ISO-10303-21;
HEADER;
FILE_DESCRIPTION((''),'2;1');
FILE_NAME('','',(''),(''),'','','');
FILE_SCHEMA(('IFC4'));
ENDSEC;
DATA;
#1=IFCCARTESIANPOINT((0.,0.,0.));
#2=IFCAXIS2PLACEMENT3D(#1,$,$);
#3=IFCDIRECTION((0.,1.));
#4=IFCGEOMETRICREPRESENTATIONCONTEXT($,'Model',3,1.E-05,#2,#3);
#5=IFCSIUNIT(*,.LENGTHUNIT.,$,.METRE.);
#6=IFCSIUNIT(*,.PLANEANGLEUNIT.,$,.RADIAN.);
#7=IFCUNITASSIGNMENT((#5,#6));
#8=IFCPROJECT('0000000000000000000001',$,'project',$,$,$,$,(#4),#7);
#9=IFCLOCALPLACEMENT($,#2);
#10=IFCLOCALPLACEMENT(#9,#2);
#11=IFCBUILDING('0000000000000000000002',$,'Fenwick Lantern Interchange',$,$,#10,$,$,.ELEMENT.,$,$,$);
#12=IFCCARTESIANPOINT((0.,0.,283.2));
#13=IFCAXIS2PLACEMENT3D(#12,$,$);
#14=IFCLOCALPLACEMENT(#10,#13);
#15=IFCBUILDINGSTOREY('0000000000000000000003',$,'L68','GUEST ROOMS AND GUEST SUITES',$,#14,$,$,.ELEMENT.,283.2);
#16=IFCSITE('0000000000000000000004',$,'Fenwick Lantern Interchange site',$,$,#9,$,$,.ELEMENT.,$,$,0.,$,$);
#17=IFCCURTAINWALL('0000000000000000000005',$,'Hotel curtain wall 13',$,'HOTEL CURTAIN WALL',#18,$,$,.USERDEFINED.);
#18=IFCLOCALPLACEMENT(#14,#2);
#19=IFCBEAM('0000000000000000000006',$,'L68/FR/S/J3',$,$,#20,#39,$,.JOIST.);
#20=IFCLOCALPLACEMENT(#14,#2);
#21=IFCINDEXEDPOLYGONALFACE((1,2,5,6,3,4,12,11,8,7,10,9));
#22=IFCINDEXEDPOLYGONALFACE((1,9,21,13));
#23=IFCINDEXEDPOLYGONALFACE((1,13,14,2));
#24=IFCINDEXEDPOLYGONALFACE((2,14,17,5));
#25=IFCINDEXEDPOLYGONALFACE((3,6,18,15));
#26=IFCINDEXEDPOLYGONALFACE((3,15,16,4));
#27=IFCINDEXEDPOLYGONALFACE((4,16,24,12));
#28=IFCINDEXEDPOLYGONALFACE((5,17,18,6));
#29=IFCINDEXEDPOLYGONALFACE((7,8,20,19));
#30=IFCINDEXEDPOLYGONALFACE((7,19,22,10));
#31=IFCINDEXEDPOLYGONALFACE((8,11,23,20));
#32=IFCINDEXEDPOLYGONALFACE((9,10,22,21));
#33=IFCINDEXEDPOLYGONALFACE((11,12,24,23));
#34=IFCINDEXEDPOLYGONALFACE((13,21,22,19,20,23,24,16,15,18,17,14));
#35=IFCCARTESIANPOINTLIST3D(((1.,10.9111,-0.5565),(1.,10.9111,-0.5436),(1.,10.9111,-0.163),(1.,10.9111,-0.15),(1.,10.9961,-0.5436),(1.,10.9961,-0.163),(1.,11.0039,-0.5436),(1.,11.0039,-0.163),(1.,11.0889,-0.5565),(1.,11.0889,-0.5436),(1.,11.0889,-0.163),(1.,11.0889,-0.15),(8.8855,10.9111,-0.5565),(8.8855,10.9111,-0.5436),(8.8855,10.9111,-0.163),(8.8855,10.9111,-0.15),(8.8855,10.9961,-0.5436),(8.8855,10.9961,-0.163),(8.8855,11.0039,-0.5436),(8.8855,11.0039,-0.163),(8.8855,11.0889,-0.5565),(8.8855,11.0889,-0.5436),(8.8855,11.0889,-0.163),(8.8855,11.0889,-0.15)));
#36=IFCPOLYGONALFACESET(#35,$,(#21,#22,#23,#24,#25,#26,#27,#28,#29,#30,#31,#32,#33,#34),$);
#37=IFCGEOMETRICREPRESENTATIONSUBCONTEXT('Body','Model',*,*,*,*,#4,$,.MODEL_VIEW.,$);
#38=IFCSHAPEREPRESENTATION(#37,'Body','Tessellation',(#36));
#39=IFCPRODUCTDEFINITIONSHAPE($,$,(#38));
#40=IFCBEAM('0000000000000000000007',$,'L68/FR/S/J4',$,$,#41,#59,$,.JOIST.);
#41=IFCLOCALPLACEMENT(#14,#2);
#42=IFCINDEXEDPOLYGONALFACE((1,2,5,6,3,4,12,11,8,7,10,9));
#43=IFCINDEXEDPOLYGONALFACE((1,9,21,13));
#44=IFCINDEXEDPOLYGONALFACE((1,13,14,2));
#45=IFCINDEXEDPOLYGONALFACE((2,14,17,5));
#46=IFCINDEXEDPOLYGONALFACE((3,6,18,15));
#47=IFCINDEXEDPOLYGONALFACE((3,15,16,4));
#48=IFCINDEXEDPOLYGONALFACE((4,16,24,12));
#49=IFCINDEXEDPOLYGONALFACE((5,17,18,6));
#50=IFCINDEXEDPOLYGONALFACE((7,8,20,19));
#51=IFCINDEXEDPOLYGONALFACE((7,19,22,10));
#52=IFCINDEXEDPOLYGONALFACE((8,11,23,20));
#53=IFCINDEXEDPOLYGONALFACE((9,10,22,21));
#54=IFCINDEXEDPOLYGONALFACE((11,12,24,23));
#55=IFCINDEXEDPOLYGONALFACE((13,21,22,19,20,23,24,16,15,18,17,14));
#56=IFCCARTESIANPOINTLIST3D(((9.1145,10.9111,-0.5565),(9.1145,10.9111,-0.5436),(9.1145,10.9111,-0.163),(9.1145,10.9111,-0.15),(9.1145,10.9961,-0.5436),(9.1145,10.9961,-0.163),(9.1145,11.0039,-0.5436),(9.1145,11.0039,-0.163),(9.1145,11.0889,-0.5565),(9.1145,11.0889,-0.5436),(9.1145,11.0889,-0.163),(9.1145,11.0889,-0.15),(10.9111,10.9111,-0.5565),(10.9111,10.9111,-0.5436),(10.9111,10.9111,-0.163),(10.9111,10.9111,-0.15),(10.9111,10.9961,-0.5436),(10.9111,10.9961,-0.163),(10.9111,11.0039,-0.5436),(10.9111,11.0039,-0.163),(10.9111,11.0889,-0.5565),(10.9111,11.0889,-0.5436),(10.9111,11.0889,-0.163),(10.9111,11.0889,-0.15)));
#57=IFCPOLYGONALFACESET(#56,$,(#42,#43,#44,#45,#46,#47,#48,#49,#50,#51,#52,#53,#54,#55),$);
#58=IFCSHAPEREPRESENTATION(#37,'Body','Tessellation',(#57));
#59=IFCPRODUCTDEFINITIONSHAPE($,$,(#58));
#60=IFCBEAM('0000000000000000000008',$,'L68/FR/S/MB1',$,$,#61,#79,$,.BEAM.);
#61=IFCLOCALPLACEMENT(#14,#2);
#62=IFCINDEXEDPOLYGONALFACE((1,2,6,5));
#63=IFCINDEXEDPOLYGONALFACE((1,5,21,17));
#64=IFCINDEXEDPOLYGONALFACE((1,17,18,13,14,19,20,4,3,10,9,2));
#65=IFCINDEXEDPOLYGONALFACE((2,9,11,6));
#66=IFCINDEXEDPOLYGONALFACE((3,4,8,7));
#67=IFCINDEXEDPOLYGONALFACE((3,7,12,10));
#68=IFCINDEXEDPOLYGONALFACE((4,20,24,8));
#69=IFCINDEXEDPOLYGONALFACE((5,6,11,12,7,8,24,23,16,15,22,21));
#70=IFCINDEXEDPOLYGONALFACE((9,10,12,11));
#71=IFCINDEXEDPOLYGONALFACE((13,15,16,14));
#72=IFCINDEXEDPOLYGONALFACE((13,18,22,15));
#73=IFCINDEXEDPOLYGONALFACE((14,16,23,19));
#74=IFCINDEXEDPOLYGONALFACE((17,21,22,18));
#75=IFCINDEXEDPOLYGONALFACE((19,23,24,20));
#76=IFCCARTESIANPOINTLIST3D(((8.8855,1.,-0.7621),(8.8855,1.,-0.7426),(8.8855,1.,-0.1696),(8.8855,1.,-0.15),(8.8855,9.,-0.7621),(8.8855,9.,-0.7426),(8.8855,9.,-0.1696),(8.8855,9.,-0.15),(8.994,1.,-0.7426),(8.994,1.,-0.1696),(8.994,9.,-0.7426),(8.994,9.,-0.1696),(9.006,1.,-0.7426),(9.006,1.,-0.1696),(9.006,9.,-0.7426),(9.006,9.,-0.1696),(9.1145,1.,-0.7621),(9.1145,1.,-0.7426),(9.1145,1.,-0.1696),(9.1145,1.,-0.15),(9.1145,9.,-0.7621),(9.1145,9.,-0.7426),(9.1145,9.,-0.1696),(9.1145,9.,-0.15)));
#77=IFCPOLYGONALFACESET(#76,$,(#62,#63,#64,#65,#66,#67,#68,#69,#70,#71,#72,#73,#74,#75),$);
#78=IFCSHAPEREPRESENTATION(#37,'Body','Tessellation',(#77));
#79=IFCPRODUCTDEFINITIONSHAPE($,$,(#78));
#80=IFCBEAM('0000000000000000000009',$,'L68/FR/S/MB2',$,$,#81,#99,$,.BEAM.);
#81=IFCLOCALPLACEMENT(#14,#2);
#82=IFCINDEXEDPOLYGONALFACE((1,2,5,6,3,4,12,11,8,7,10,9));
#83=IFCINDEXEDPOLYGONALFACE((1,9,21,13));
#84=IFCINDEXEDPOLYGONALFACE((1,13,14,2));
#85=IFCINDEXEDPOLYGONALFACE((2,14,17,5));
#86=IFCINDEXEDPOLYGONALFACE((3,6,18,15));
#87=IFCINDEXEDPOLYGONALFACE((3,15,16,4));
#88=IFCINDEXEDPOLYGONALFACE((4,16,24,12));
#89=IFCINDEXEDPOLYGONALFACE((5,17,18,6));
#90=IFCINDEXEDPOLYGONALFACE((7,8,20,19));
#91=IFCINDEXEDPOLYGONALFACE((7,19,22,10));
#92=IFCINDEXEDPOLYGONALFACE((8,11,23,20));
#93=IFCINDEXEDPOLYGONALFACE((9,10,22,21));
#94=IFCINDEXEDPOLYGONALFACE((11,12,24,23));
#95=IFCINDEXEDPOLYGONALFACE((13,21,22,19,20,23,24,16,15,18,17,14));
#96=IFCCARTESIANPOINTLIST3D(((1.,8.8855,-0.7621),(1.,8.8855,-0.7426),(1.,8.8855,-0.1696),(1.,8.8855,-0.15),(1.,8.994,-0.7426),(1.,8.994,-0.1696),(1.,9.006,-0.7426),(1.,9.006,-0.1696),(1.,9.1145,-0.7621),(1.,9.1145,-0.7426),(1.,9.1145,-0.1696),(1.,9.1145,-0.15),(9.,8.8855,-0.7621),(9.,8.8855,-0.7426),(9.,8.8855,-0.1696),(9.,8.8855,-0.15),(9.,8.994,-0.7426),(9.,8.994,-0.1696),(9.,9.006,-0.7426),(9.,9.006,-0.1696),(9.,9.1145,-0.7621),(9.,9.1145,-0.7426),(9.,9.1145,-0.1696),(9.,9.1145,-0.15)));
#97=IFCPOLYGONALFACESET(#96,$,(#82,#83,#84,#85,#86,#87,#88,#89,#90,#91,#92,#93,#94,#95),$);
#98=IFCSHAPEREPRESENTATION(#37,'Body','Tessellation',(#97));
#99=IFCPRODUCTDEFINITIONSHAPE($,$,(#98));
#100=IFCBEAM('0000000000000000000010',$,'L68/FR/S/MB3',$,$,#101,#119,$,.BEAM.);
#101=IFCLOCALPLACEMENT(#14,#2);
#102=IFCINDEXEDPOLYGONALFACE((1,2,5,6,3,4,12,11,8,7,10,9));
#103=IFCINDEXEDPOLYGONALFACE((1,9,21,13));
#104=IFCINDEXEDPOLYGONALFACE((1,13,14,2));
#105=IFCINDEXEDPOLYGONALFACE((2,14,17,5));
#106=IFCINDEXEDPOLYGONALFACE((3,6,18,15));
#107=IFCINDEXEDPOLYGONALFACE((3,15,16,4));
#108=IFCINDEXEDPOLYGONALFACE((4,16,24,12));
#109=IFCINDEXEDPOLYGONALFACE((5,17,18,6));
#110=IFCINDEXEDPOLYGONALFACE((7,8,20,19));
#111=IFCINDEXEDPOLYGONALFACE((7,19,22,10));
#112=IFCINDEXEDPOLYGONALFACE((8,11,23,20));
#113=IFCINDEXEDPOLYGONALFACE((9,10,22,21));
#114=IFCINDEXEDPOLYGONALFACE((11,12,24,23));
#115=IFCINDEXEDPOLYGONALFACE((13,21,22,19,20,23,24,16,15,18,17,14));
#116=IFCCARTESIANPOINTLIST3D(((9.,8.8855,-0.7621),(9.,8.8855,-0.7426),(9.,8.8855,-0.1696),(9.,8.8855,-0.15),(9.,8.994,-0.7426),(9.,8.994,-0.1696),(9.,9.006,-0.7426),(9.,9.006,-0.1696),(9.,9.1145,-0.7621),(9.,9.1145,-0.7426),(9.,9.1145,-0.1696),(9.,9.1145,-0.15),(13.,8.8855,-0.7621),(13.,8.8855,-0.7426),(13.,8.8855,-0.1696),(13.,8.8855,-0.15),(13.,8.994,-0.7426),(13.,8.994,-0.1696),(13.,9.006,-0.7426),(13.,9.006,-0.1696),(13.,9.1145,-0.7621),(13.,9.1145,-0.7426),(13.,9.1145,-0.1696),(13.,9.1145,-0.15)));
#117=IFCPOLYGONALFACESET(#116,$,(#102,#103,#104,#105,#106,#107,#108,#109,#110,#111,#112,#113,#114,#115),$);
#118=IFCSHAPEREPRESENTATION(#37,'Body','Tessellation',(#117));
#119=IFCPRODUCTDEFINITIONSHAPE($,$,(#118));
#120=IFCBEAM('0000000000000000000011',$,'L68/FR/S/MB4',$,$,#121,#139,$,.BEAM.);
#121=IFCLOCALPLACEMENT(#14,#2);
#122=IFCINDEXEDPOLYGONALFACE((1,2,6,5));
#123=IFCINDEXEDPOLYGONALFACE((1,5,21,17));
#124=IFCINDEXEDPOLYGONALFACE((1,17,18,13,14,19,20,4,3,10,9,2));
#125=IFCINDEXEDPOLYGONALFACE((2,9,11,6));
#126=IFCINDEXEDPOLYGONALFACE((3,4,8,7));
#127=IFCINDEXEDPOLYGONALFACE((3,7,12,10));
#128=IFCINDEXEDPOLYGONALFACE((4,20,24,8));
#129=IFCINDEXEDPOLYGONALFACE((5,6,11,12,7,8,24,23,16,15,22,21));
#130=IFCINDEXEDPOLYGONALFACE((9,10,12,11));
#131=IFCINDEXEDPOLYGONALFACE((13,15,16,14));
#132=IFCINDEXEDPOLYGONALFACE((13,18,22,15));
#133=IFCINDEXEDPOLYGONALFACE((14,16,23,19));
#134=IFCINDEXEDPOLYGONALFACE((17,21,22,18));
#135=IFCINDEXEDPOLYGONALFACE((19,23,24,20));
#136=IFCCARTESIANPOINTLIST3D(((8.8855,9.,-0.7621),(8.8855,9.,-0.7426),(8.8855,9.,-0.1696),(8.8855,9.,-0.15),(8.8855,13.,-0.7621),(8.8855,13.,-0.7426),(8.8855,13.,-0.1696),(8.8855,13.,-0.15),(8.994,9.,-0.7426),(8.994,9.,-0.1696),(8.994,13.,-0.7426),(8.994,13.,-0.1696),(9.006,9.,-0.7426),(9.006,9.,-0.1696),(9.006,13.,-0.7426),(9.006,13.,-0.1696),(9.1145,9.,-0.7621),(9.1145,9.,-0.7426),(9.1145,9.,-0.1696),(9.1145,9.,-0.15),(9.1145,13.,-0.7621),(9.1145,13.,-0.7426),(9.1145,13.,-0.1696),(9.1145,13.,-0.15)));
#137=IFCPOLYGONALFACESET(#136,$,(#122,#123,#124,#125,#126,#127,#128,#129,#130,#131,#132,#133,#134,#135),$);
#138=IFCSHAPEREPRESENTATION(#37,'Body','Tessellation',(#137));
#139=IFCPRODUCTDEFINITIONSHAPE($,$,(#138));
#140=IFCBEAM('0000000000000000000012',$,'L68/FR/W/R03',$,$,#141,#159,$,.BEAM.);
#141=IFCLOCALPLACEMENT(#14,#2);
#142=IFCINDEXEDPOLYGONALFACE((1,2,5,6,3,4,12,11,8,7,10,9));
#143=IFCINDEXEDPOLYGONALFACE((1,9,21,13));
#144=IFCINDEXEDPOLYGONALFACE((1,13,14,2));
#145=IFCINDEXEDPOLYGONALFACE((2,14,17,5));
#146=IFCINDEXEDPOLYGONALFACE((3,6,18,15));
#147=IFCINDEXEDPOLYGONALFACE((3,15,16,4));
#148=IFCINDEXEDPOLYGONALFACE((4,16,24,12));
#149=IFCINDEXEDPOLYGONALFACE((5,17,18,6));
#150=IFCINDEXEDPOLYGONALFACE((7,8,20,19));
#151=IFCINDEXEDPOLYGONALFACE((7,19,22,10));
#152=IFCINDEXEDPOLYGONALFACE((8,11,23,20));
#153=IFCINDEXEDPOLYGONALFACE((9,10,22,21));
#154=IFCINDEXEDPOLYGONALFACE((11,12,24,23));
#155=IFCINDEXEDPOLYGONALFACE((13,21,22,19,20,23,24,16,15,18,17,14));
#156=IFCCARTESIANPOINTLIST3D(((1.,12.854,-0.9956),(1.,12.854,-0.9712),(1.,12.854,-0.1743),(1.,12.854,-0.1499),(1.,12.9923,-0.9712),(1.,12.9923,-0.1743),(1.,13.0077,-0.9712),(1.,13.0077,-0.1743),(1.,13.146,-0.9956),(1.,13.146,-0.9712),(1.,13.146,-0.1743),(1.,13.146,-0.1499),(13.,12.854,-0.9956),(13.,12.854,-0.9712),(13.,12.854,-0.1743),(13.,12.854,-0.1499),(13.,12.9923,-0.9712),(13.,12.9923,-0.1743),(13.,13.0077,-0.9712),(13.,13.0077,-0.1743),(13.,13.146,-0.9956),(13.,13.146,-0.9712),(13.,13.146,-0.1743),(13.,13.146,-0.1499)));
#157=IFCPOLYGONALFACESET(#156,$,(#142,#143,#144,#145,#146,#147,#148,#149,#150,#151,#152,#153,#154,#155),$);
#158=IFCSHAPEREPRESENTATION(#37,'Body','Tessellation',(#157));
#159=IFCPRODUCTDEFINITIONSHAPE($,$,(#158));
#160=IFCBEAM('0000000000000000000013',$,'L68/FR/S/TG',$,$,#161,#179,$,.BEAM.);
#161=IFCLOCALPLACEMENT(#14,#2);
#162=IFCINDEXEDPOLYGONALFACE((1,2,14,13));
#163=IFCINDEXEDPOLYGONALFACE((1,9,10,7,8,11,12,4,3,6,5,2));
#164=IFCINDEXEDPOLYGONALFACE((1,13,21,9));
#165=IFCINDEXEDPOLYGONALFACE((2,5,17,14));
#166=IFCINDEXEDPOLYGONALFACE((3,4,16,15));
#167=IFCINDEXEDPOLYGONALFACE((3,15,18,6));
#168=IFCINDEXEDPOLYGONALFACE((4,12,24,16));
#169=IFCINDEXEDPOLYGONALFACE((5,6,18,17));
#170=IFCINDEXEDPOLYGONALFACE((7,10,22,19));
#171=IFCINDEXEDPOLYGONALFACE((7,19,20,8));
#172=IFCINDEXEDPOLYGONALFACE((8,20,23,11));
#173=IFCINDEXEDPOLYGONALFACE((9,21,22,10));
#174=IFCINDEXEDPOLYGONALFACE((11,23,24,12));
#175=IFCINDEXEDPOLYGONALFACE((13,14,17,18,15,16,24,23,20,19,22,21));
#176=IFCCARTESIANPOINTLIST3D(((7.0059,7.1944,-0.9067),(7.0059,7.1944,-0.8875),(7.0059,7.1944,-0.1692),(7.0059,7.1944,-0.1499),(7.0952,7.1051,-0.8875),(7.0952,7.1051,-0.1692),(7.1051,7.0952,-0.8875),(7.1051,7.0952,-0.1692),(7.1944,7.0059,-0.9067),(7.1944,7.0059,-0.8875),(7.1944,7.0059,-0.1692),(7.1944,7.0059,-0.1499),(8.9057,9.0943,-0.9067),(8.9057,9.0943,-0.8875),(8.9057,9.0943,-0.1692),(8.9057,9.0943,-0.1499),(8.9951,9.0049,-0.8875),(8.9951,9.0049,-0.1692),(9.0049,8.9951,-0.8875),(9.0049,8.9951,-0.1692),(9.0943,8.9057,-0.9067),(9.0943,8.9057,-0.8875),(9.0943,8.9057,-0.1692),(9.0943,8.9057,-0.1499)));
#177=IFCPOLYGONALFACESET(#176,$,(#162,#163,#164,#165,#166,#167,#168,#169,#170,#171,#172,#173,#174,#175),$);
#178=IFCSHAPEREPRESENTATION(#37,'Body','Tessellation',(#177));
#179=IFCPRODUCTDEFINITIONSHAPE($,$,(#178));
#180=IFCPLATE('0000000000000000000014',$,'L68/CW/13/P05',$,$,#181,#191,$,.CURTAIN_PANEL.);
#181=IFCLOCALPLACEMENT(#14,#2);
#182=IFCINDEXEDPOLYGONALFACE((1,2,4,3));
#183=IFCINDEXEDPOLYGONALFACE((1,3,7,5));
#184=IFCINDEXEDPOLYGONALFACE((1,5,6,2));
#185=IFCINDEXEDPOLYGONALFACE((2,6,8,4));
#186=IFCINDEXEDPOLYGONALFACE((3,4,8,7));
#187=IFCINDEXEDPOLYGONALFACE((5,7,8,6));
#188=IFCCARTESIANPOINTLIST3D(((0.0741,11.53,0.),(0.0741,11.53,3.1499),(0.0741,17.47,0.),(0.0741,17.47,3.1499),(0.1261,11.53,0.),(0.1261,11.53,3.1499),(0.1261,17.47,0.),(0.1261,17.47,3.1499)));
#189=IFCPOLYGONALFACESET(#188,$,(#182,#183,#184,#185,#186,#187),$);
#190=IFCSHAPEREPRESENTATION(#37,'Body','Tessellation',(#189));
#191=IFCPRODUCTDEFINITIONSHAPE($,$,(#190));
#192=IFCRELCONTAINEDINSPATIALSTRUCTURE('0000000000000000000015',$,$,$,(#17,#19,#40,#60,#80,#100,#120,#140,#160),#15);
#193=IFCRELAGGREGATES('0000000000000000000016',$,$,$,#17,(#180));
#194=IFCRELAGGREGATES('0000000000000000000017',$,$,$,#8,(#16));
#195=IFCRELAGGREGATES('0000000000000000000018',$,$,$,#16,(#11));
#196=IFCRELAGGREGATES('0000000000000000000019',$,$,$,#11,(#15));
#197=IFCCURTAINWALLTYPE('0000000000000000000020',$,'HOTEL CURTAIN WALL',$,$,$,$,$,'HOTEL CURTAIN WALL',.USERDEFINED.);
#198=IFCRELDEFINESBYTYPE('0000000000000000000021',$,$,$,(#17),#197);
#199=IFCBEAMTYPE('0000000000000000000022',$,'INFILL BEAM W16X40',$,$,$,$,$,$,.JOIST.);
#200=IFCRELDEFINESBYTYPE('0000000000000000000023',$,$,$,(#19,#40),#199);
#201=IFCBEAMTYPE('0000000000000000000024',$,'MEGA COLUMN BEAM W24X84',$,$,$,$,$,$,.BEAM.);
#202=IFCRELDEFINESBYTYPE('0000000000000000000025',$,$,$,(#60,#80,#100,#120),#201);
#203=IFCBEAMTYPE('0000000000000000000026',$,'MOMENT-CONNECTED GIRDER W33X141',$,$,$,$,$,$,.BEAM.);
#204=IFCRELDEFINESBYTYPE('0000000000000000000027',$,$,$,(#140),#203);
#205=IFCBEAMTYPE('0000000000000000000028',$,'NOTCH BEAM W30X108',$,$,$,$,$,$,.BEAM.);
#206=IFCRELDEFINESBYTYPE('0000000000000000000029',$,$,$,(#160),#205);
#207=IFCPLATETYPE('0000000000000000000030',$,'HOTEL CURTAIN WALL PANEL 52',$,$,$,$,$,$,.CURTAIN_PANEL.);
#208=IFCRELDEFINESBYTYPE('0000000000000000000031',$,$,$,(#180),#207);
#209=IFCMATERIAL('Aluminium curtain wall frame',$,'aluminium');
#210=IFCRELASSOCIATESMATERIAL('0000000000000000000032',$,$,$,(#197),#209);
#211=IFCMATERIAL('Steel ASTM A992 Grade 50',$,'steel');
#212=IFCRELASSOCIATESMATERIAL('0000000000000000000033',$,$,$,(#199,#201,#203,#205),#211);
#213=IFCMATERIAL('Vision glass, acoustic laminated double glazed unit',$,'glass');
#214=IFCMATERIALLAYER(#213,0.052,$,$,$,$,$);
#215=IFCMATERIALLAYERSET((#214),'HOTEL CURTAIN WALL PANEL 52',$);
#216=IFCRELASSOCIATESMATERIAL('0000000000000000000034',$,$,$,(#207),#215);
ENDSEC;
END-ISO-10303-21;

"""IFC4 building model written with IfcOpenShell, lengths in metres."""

from ifc_helpers import new_model, si_unit, direction, frame, origin, origin_2d, place, context, subcontext, project, spatial, rectangle, i_section, extrude, material, layer, layer_set, material_profile, profile_set, type_object, element, aggregate, save


model = new_model("IFC4")

# Units and contexts
model_context = context("Model", 3, precision=1e-05, world=origin(), true_north=direction((0.0, 1.0)))
body_context = subcontext(model_context, "Body", "Model", "MODEL_VIEW")
ifc_project = project(units=[si_unit("LENGTHUNIT", "METRE"), si_unit("PLANEANGLEUNIT", "RADIAN")], contexts=[model_context])

# Site, building, storey
site_placement = place(None, origin())
site = spatial("IfcSite", under=ifc_project, at=site_placement, Name="Fenwick Lantern Interchange site", CompositionType="ELEMENT", RefElevation=0.0)
building_placement = place(site_placement, origin())
building = spatial("IfcBuilding", under=site, at=building_placement, Name="Fenwick Lantern Interchange", CompositionType="ELEMENT")
storey_placement = place(building_placement, frame((0.0, 0.0, 283.2)))
storey = spatial("IfcBuildingStorey", under=building, at=storey_placement, Name="L68", Description="GUEST ROOMS AND GUEST SUITES", CompositionType="ELEMENT", Elevation=283.2)

# Shared definitions
ifc_material_1 = material(Name="Steel ASTM A992 Grade 50", Category="steel")

# Curtain wall
ifc_material_2 = material(Name="Aluminium curtain wall frame", Category="aluminium")
curtain_wall_type = type_object("IfcCurtainWallType", Name="HOTEL CURTAIN WALL", ElementType="HOTEL CURTAIN WALL", PredefinedType="USERDEFINED", material=ifc_material_2)
curtain_wall_1_placement = place(storey_placement, origin())
curtain_wall_1 = element("IfcCurtainWall", 1, at=curtain_wall_1_placement, inside=storey, type_object=curtain_wall_type, Name="Hotel curtain wall 13", ObjectType="HOTEL CURTAIN WALL", PredefinedType="USERDEFINED")

# Beams
ifc_material_profile_1 = material_profile(ifc_material_1, i_section(OverallWidth=0.1777, OverallDepth=0.4065, WebThickness=0.0078, FlangeThickness=0.0129, at=origin_2d()), Name="W16X40")
ifc_profile_set_1 = profile_set([ifc_material_profile_1], Name="Steel ASTM A992 Grade 50")
beam_type_1 = type_object("IfcBeamType", Name="INFILL BEAM W16X40", PredefinedType="JOIST", material=ifc_profile_set_1)
beam_1_placement = place(storey_placement, frame((1.0, 11.0, -0.3533), z_axis=(1.0, 0.0, 0.0), x_axis=(0.0, 1.0, 0.0)))
element("IfcBeam", 2, at=beam_1_placement, inside=storey, type_object=beam_type_1, Name="L68/FR/S/J3", PredefinedType="JOIST", context=body_context, shape_type="SweptSolid", body=[
    extrude(i_section(OverallWidth=0.1777, OverallDepth=0.4065, WebThickness=0.0078, FlangeThickness=0.0129, at=origin_2d()), origin(), (0.0, 0.0, 1.0), 7.8855),
])
beam_2_placement = place(storey_placement, frame((9.1145, 11.0, -0.3533), z_axis=(1.0, 0.0, 0.0), x_axis=(0.0, 1.0, 0.0)))
element("IfcBeam", 3, at=beam_2_placement, inside=storey, type_object=beam_type_1, Name="L68/FR/S/J4", PredefinedType="JOIST", context=body_context, shape_type="SweptSolid", body=[
    extrude(i_section(OverallWidth=0.1777, OverallDepth=0.4065, WebThickness=0.0078, FlangeThickness=0.0129, at=origin_2d()), origin(), (0.0, 0.0, 1.0), 1.7966),
])
ifc_material_profile_2 = material_profile(ifc_material_1, i_section(OverallWidth=0.229, OverallDepth=0.6121, WebThickness=0.012, FlangeThickness=0.0195, at=origin_2d()), Name="W24X84")
ifc_profile_set_2 = profile_set([ifc_material_profile_2], Name="Steel ASTM A992 Grade 50")
beam_type_2 = type_object("IfcBeamType", Name="MEGA COLUMN BEAM W24X84", PredefinedType="BEAM", material=ifc_profile_set_2)
for number, where, z_axis, x_axis, name in (
    (4, (9.0, 9.0, -0.4561), (0.0, -1.0, 0.0), (1.0, 0.0, 0.0), "L68/FR/S/MB1"),
    (5, (9.0, 9.0, -0.4561), (-1.0, 0.0, 0.0), (0.0, -1.0, 0.0), "L68/FR/S/MB2"),
):
    element("IfcBeam", number, at=place(storey_placement, frame(where, z_axis=z_axis, x_axis=x_axis)), inside=storey, type_object=beam_type_2, Name=name, PredefinedType="BEAM", context=body_context, shape_type="SweptSolid", body=[
        extrude(i_section(OverallWidth=0.229, OverallDepth=0.6121, WebThickness=0.012, FlangeThickness=0.0195, at=origin_2d()), origin(), (0.0, 0.0, 1.0), 8.0),
    ])
for number, where, z_axis, x_axis, name in (
    (6, (9.0, 9.0, -0.4561), (1.0, 0.0, 0.0), (0.0, 1.0, 0.0), "L68/FR/S/MB3"),
    (7, (9.0, 9.0, -0.4561), (0.0, 1.0, 0.0), (-1.0, 0.0, 0.0), "L68/FR/S/MB4"),
):
    element("IfcBeam", number, at=place(storey_placement, frame(where, z_axis=z_axis, x_axis=x_axis)), inside=storey, type_object=beam_type_2, Name=name, PredefinedType="BEAM", context=body_context, shape_type="SweptSolid", body=[
        extrude(i_section(OverallWidth=0.229, OverallDepth=0.6121, WebThickness=0.012, FlangeThickness=0.0195, at=origin_2d()), origin(), (0.0, 0.0, 1.0), 4.0),
    ])
ifc_material_profile_3 = material_profile(ifc_material_1, i_section(OverallWidth=0.292, OverallDepth=0.8457, WebThickness=0.0154, FlangeThickness=0.0244, at=origin_2d()), Name="W33X141")
ifc_profile_set_3 = profile_set([ifc_material_profile_3], Name="Steel ASTM A992 Grade 50")
beam_type_3 = type_object("IfcBeamType", Name="MOMENT-CONNECTED GIRDER W33X141", PredefinedType="BEAM", material=ifc_profile_set_3)
beam_3_placement = place(storey_placement, frame((1.0, 13.0, -0.5728), z_axis=(1.0, 0.0, 0.0), x_axis=(0.0, 1.0, 0.0)))
element("IfcBeam", 8, at=beam_3_placement, inside=storey, type_object=beam_type_3, Name="L68/FR/W/R03", PredefinedType="BEAM", context=body_context, shape_type="SweptSolid", body=[
    extrude(i_section(OverallWidth=0.292, OverallDepth=0.8457, WebThickness=0.0154, FlangeThickness=0.0244, at=origin_2d()), origin(), (0.0, 0.0, 1.0), 12.0),
])
ifc_material_profile_4 = material_profile(ifc_material_1, i_section(OverallWidth=0.2666, OverallDepth=0.7568, WebThickness=0.0139, FlangeThickness=0.0193, at=origin_2d()), Name="W30X108")
ifc_profile_set_4 = profile_set([ifc_material_profile_4], Name="Steel ASTM A992 Grade 50")
beam_type_4 = type_object("IfcBeamType", Name="NOTCH BEAM W30X108", PredefinedType="BEAM", material=ifc_profile_set_4)
beam_4_placement = place(storey_placement, frame((9.0, 9.0, -0.5283), z_axis=(-0.707107, -0.707107, 0.0), x_axis=(0.707107, -0.707107, 0.0)))
element("IfcBeam", 9, at=beam_4_placement, inside=storey, type_object=beam_type_4, Name="L68/FR/S/TG", PredefinedType="BEAM", context=body_context, shape_type="SweptSolid", body=[
    extrude(i_section(OverallWidth=0.2666, OverallDepth=0.7568, WebThickness=0.0139, FlangeThickness=0.0193, at=origin_2d()), origin(), (0.0, 0.0, 1.0), 2.6868),
])

# Plate
ifc_material_3 = material(Name="Vision glass, acoustic laminated double glazed unit", Category="glass")
ifc_layer_1 = layer(ifc_material_3, 0.052)
ifc_layer_set_1 = layer_set([ifc_layer_1], Name="HOTEL CURTAIN WALL PANEL 52")
plate_type = type_object("IfcPlateType", Name="HOTEL CURTAIN WALL PANEL 52", PredefinedType="CURTAIN_PANEL", material=ifc_layer_set_1)
plate_1_placement = place(storey_placement, frame((0.1001, 14.5, 0.0), z_axis=(0.0, 0.0, 1.0), x_axis=(0.0, -1.0, 0.0)))
plate_1 = element("IfcPlate", 10, at=plate_1_placement, type_object=plate_type, Name="L68/CW/13/P05", PredefinedType="CURTAIN_PANEL", context=body_context, shape_type="SweptSolid", body=[
    extrude(rectangle(XDim=5.9399, YDim=0.052, at=origin_2d()), origin(), (0.0, 0.0, 1.0), 3.1499),
])
aggregate(curtain_wall_1, [plate_1])

save(model, "model.ifc")
